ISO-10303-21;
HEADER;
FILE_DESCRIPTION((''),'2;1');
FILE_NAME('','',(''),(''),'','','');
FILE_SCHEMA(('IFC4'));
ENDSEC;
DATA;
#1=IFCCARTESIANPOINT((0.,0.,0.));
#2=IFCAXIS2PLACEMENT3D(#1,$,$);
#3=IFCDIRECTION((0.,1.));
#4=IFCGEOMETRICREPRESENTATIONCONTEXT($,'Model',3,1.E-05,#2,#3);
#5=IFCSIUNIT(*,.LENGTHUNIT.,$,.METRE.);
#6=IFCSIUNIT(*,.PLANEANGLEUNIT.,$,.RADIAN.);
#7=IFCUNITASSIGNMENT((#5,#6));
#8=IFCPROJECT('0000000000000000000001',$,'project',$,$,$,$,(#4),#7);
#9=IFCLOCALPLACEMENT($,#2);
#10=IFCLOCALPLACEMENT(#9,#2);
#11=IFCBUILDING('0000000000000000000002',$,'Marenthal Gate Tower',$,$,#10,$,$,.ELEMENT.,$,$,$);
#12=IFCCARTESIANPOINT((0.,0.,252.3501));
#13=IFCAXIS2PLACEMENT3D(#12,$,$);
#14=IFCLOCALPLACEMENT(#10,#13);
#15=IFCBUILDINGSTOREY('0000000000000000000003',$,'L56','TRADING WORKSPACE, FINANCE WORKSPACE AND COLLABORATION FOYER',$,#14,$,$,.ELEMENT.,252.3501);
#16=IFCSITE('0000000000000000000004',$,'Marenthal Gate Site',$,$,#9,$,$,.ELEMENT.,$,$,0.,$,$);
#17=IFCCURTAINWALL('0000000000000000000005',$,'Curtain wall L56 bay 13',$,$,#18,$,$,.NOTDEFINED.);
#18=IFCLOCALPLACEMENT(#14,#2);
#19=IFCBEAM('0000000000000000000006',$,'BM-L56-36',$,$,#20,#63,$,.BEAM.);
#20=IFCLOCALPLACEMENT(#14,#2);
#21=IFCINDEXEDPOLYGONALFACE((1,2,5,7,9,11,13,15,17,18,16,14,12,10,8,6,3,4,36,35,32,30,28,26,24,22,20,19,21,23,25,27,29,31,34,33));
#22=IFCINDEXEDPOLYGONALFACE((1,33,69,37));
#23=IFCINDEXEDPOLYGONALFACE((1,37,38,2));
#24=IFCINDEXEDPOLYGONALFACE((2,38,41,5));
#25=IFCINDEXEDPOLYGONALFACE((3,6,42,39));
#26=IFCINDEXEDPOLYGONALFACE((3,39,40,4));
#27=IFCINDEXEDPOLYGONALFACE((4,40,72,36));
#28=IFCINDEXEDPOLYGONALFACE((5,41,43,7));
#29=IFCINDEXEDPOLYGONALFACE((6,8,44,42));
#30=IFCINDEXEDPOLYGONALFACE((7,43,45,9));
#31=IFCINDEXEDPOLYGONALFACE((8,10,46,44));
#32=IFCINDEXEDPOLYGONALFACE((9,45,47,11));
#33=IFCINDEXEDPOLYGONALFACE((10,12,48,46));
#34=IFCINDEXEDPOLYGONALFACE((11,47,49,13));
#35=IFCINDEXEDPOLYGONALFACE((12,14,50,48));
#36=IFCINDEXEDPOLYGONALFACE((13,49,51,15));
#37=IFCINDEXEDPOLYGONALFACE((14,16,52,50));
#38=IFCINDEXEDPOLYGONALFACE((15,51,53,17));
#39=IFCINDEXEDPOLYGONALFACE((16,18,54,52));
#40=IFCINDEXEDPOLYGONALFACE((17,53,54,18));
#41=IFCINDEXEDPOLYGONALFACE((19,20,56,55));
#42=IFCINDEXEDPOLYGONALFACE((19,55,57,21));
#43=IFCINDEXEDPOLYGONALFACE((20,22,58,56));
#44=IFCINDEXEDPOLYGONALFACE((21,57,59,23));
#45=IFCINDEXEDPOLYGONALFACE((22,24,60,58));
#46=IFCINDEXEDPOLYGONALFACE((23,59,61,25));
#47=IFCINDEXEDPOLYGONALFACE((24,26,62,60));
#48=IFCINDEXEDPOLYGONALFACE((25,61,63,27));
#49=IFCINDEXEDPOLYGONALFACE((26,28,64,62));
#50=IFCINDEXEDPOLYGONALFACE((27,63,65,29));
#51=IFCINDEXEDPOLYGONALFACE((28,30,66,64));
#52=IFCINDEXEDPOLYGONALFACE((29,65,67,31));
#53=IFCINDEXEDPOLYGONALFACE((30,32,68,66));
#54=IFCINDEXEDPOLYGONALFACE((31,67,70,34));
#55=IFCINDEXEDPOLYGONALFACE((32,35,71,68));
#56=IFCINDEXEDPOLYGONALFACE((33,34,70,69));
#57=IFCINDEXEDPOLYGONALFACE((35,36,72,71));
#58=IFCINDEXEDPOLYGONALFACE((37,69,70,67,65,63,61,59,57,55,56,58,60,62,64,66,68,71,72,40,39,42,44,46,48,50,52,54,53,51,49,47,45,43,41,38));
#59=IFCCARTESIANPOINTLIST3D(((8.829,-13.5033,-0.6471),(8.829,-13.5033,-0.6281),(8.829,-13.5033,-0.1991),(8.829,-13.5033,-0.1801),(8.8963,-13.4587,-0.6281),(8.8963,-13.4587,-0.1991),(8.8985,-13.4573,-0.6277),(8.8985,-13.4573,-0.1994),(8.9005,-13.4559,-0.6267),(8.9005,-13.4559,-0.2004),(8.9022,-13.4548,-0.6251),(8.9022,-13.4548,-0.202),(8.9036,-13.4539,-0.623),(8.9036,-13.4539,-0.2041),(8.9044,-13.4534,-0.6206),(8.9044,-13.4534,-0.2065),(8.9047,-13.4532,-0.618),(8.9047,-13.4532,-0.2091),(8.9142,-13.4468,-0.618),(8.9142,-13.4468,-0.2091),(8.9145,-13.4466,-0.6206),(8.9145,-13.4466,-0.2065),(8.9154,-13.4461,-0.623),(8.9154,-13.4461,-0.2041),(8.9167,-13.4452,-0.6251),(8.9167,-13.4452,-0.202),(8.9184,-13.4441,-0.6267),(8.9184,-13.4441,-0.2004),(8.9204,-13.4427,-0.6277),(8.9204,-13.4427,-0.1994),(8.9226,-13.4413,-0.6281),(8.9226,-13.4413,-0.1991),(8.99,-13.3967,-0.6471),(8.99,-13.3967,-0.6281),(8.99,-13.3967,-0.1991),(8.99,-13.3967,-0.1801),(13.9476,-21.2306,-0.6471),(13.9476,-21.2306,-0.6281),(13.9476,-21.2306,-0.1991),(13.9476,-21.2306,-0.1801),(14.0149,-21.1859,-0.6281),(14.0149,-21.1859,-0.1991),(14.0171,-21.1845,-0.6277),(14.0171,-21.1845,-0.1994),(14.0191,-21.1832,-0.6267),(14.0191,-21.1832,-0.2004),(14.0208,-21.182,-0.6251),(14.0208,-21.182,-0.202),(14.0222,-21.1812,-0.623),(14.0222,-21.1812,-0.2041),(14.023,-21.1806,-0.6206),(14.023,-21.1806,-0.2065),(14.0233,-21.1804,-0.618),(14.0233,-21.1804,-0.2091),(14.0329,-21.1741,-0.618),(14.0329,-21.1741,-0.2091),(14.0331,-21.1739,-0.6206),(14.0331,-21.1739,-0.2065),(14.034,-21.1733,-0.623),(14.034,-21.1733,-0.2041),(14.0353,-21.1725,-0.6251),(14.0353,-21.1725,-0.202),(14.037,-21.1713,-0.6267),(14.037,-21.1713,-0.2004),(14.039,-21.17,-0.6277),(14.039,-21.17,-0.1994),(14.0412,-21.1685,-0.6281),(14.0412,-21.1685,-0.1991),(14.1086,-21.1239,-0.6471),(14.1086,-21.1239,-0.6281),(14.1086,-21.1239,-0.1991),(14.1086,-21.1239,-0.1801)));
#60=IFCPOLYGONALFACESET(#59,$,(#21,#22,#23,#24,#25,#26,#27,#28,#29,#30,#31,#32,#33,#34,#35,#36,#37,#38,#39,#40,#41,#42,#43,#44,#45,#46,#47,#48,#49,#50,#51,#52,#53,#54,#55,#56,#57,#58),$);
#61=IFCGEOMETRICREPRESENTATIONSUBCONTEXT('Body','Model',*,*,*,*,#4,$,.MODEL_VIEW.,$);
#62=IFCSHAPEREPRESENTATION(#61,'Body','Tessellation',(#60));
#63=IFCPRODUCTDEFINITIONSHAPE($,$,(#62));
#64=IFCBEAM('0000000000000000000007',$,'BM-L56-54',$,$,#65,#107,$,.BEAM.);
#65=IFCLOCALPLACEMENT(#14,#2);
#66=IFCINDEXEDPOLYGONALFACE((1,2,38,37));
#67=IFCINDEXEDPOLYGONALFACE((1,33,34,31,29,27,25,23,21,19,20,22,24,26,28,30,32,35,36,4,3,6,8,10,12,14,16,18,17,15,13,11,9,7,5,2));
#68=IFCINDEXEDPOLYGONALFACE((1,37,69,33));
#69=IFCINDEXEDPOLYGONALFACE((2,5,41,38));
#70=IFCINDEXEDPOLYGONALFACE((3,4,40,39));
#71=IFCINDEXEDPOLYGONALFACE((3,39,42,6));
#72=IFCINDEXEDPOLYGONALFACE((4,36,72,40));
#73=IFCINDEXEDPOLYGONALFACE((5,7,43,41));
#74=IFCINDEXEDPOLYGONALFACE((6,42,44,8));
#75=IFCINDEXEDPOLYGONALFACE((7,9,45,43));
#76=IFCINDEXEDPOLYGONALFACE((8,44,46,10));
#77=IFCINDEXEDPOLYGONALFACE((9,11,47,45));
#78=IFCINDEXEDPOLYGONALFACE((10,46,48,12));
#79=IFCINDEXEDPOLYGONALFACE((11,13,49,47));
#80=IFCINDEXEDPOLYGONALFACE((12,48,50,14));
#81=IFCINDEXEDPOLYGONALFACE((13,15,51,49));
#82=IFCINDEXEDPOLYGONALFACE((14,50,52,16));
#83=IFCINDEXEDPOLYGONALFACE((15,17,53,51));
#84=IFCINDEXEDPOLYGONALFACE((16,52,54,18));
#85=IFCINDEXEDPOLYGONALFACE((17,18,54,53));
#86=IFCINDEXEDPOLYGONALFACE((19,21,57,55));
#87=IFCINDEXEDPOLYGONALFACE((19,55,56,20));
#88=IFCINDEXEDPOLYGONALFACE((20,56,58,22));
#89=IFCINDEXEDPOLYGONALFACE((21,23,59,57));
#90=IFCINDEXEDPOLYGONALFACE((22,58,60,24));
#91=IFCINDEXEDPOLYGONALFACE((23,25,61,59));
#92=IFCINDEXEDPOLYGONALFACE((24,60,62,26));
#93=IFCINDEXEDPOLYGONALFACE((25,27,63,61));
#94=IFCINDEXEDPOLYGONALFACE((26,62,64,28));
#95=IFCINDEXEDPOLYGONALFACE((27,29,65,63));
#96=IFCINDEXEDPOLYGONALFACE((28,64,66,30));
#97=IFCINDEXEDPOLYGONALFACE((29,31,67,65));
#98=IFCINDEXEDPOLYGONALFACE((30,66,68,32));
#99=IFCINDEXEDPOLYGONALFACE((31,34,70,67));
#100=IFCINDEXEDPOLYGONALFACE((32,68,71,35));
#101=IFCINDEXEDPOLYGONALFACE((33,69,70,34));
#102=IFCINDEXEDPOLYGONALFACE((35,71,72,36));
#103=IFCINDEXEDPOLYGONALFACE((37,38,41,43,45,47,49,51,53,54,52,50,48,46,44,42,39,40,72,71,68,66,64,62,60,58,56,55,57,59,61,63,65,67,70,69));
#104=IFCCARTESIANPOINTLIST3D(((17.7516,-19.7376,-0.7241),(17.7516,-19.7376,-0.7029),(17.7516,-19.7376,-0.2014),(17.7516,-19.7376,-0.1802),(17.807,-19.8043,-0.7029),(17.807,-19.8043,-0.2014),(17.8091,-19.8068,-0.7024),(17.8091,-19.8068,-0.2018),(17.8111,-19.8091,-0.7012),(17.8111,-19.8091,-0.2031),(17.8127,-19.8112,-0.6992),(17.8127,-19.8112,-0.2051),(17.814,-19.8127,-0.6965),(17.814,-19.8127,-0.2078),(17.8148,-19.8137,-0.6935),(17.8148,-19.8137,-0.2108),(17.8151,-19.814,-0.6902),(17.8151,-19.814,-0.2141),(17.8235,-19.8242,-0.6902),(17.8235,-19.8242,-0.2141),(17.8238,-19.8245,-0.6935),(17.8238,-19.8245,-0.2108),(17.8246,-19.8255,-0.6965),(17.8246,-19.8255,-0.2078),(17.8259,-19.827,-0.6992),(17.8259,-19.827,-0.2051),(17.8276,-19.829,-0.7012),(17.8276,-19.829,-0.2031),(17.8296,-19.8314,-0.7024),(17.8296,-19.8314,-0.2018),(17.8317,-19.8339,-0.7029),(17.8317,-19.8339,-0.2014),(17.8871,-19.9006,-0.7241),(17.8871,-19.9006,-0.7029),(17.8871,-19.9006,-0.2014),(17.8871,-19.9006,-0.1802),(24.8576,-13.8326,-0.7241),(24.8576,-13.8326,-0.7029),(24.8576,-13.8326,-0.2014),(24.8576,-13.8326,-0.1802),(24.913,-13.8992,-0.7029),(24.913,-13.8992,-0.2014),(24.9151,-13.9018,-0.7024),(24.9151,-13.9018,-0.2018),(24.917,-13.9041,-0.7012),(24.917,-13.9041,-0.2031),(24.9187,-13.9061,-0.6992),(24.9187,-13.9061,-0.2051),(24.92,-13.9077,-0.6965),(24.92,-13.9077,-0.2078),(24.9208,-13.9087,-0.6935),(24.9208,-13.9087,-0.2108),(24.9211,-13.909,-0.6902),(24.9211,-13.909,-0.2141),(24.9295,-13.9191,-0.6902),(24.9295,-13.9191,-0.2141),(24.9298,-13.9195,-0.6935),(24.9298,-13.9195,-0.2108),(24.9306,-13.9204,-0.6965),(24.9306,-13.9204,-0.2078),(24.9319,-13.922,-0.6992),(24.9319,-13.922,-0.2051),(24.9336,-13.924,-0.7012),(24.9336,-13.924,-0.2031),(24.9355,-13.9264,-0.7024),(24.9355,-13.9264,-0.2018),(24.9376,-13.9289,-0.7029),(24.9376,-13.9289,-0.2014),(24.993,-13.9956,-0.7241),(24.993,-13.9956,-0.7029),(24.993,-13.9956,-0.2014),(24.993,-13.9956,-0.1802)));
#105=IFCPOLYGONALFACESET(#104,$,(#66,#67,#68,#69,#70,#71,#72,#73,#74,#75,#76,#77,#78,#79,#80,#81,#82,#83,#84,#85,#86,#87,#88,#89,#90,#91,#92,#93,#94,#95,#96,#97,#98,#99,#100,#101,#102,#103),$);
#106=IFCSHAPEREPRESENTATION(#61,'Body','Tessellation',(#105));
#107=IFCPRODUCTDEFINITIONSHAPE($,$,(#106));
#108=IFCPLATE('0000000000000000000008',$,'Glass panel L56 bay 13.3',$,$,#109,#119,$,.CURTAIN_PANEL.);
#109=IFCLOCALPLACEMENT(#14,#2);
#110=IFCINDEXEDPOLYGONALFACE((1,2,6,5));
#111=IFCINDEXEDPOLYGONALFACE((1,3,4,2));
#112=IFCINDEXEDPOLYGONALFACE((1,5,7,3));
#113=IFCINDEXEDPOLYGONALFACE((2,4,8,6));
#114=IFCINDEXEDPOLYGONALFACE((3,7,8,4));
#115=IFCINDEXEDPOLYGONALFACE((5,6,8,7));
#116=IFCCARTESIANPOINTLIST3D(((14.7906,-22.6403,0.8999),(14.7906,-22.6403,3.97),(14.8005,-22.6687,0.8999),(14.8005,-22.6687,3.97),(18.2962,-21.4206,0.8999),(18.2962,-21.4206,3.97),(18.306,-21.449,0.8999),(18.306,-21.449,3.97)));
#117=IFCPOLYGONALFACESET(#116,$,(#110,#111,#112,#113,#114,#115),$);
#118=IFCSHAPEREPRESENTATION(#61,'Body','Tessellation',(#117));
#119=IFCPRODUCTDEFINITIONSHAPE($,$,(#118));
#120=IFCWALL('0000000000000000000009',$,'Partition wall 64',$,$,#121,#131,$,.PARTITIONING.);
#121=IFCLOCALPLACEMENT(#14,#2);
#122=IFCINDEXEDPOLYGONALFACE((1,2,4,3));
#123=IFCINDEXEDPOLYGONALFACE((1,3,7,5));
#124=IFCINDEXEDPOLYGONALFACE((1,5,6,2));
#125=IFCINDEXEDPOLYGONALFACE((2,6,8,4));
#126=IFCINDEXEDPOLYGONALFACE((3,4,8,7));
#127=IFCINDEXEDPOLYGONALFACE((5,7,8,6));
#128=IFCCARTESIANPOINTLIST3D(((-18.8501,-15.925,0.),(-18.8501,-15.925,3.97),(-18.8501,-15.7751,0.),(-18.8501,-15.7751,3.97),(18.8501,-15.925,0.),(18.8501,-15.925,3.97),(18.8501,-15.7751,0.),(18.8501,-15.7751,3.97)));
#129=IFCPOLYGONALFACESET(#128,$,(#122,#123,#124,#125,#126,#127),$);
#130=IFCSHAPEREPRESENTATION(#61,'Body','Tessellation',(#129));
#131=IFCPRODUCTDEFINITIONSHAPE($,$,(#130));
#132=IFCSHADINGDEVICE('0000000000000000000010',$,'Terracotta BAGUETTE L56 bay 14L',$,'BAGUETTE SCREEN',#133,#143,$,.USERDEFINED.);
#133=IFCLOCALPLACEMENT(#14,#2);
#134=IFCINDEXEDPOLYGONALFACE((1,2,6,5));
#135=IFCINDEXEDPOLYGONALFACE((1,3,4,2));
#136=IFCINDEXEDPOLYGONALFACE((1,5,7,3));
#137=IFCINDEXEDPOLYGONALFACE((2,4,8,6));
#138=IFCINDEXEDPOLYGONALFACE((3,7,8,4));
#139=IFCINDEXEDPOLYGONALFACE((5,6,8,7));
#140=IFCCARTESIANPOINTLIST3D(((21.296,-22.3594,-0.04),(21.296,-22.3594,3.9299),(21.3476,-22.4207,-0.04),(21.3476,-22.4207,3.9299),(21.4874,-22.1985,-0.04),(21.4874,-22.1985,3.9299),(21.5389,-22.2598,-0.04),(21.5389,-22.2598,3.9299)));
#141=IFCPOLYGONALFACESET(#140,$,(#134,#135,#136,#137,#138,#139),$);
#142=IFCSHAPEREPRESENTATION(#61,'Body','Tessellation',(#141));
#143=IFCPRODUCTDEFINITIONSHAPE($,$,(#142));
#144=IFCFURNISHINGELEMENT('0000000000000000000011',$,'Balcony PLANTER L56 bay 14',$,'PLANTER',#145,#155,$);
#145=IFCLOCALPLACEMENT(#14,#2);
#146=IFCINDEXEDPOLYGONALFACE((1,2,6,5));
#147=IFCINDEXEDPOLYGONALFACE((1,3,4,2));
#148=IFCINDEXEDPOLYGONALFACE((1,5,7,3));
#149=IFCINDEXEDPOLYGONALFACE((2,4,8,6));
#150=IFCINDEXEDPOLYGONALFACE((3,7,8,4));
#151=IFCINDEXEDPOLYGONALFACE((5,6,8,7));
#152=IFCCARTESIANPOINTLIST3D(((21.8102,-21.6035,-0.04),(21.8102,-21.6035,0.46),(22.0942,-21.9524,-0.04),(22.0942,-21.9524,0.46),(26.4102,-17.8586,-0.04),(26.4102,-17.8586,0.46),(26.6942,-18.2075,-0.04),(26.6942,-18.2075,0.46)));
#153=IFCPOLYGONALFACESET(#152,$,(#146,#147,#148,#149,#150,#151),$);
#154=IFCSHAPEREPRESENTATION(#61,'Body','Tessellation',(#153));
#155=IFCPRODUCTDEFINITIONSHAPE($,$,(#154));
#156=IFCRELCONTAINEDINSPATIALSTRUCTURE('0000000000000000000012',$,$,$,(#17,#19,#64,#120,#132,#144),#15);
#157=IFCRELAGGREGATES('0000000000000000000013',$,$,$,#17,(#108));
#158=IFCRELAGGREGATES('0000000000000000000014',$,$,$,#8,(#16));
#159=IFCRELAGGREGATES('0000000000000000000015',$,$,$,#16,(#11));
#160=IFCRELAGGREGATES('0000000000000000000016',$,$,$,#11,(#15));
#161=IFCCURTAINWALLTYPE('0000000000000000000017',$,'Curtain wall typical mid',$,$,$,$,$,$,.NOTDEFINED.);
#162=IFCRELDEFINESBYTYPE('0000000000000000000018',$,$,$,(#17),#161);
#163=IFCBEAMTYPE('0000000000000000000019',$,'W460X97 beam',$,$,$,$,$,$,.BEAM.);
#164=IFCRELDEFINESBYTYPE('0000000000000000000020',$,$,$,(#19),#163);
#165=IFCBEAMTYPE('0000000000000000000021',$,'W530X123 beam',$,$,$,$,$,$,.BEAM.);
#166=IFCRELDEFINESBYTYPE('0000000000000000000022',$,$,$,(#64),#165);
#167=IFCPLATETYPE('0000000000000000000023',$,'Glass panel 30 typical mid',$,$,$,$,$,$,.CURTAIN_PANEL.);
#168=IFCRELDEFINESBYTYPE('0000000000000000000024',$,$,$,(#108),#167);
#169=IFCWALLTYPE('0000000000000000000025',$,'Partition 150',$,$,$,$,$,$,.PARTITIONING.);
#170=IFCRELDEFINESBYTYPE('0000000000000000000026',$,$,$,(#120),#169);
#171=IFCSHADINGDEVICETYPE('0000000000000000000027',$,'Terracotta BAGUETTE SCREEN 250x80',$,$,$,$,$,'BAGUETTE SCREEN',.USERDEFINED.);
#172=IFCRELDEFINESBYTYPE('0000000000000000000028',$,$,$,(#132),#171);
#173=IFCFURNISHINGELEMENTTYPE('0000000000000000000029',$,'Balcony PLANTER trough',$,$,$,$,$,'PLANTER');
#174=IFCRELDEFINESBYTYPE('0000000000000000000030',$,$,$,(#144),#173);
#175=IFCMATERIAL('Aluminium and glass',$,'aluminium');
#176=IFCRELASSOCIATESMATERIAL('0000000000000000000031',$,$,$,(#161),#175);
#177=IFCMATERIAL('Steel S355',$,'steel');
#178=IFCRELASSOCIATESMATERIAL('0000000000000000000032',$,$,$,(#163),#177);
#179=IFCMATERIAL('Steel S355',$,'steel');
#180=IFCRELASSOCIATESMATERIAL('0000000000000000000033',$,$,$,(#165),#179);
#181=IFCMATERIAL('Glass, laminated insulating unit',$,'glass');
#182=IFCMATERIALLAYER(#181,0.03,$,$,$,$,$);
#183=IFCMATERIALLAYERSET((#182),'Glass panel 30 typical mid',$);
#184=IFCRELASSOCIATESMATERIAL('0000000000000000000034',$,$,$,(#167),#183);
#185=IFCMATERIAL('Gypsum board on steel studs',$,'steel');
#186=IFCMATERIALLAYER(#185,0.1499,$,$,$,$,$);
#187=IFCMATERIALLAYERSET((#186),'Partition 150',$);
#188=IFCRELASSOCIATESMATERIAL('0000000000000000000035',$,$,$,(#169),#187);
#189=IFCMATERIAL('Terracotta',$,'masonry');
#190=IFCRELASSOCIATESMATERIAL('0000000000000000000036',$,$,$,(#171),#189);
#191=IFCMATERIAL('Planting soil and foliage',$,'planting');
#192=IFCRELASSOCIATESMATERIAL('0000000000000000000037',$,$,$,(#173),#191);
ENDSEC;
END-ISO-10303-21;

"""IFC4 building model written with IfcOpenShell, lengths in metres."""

from ifc_helpers import new_model, si_unit, direction, frame, frame_2d, origin, origin_2d, place, context, subcontext, project, spatial, rectangle, i_section, extrude, material, layer, layer_set, material_profile, profile_set, type_object, element, aggregate, save


model = new_model("IFC4")

# Units and contexts
model_context = context("Model", 3, precision=1e-05, world=origin(), true_north=direction((0.0, 1.0)))
body_context = subcontext(model_context, "Body", "Model", "MODEL_VIEW")
ifc_project = project(units=[si_unit("LENGTHUNIT", "METRE"), si_unit("PLANEANGLEUNIT", "RADIAN")], contexts=[model_context])

# Site, building, storey
site_placement = place(None, origin())
site = spatial("IfcSite", under=ifc_project, at=site_placement, Name="Marenthal Gate Site", CompositionType="ELEMENT", RefElevation=0.0)
building_placement = place(site_placement, origin())
building = spatial("IfcBuilding", under=site, at=building_placement, Name="Marenthal Gate Tower", CompositionType="ELEMENT")
storey_placement = place(building_placement, frame((0.0, 0.0, 252.3501)))
storey = spatial("IfcBuildingStorey", under=building, at=storey_placement, Name="L56", Description="TRADING WORKSPACE, FINANCE WORKSPACE AND COLLABORATION FOYER", CompositionType="ELEMENT", Elevation=252.3501)

# Curtain wall
ifc_material_1 = material(Name="Aluminium and glass", Category="aluminium")
curtain_wall_type = type_object("IfcCurtainWallType", Name="Curtain wall typical mid", PredefinedType="NOTDEFINED", material=ifc_material_1)
curtain_wall_1_placement = place(storey_placement, origin())
curtain_wall_1 = element("IfcCurtainWall", 1, at=curtain_wall_1_placement, inside=storey, type_object=curtain_wall_type, Name="Curtain wall L56 bay 13", PredefinedType="NOTDEFINED")

# Beams
ifc_material_2 = material(Name="Steel S355", Category="steel")
ifc_material_profile_1 = material_profile(ifc_material_2, i_section(OverallWidth=0.1931, OverallDepth=0.467, WebThickness=0.0115, FlangeThickness=0.019, FilletRadius=0.01, at=origin_2d()), Name="W460X97")
ifc_profile_set_1 = profile_set([ifc_material_profile_1], Name="Steel S355")
beam_type_1 = type_object("IfcBeamType", Name="W460X97 beam", PredefinedType="BEAM", material=ifc_profile_set_1)
beam_1_placement = place(storey_placement, frame((14.0281, -21.1772, -0.4136), z_axis=(-0.552242, 0.833684, 0.0), x_axis=(-0.833684, -0.552242, 0.0)))
element("IfcBeam", 2, at=beam_1_placement, inside=storey, type_object=beam_type_1, Name="BM-L56-36", PredefinedType="BEAM", context=body_context, shape_type="SweptSolid", body=[
    extrude(i_section(OverallWidth=0.1931, OverallDepth=0.467, WebThickness=0.0115, FlangeThickness=0.019, FilletRadius=0.01, at=origin_2d()), origin(), (0.0, 0.0, 1.0), 9.2688),
])
ifc_material_3 = material(Name="Steel S355", Category="steel")
ifc_material_profile_2 = material_profile(ifc_material_3, i_section(OverallWidth=0.2119, OverallDepth=0.5439, WebThickness=0.0132, FlangeThickness=0.0212, FilletRadius=0.0127, at=origin_2d()), Name="W530X123")
ifc_profile_set_2 = profile_set([ifc_material_profile_2], Name="Steel S355")
beam_type_2 = type_object("IfcBeamType", Name="W530X123 beam", PredefinedType="BEAM", material=ifc_profile_set_2)
beam_2_placement = place(storey_placement, frame((17.8193, -19.8191, -0.4521), z_axis=(0.769104, 0.639123, 0.0), x_axis=(-0.639123, 0.769104, 0.0)))
element("IfcBeam", 3, at=beam_2_placement, inside=storey, type_object=beam_type_2, Name="BM-L56-54", PredefinedType="BEAM", context=body_context, shape_type="SweptSolid", body=[
    extrude(i_section(OverallWidth=0.2119, OverallDepth=0.5439, WebThickness=0.0132, FlangeThickness=0.0212, FilletRadius=0.0127, at=origin_2d()), origin(), (0.0, 0.0, 1.0), 9.2393),
])

# Plate
ifc_material_4 = material(Name="Glass, laminated insulating unit", Category="glass")
ifc_layer_1 = layer(ifc_material_4, 0.03)
ifc_layer_set_1 = layer_set([ifc_layer_1], Name="Glass panel 30 typical mid")
plate_type = type_object("IfcPlateType", Name="Glass panel 30 typical mid", PredefinedType="CURTAIN_PANEL", material=ifc_layer_set_1)
plate_placement = place(storey_placement, frame((16.5483, -22.0447, 0.8999), z_axis=(0.0, 0.0, 1.0), x_axis=(0.944465, 0.328612, 0.0)))
plate = element("IfcPlate", 4, at=plate_placement, type_object=plate_type, Name="Glass panel L56 bay 13.3", PredefinedType="CURTAIN_PANEL", context=body_context, shape_type="SweptSolid", body=[
    extrude(rectangle(XDim=3.7117, YDim=0.03, at=origin_2d()), origin(), (0.0, 0.0, 1.0), 3.0701),
])
aggregate(curtain_wall_1, [plate])

# Wall
ifc_material_5 = material(Name="Gypsum board on steel studs", Category="steel")
ifc_layer_2 = layer(ifc_material_5, 0.1499)
ifc_layer_set_2 = layer_set([ifc_layer_2], Name="Partition 150")
wall_type_1 = type_object("IfcWallType", Name="Partition 150", PredefinedType="PARTITIONING", material=ifc_layer_set_2)
wall_1_placement = place(storey_placement, frame((18.8501, -15.8501, 0.0), z_axis=(0.0, 0.0, 1.0), x_axis=(-1.0, 0.0, 0.0)))
element("IfcWall", 5, at=wall_1_placement, inside=storey, type_object=wall_type_1, Name="Partition wall 64", PredefinedType="PARTITIONING", context=body_context, shape_type="SweptSolid", body=[
    extrude(rectangle(XDim=37.7002, YDim=0.1499, at=frame_2d((18.8501, 0.0))), origin(), (0.0, 0.0, 1.0), 3.97),
])

# Shading device
ifc_material_6 = material(Name="Terracotta", Category="masonry")
ifc_material_profile_3 = material_profile(ifc_material_6, rectangle(XDim=0.25, YDim=0.0801, at=origin_2d()), Name="Terracotta baguette 250x80")
ifc_profile_set_3 = profile_set([ifc_material_profile_3], Name="Terracotta")
shading_device_type = type_object("IfcShadingDeviceType", Name="Terracotta BAGUETTE SCREEN 250x80", ElementType="BAGUETTE SCREEN", PredefinedType="USERDEFINED", material=ifc_profile_set_3)
shading_device_placement = place(storey_placement, frame((21.4175, -22.3096, -0.04), z_axis=(0.0, 0.0, 1.0), x_axis=(0.765398, 0.643557, 0.0)))
element("IfcShadingDevice", 6, at=shading_device_placement, inside=storey, type_object=shading_device_type, Name="Terracotta BAGUETTE L56 bay 14L", ObjectType="BAGUETTE SCREEN", PredefinedType="USERDEFINED", context=body_context, shape_type="SweptSolid", body=[
    extrude(rectangle(XDim=0.25, YDim=0.0801, at=origin_2d()), origin(), (0.0, 0.0, 1.0), 3.97),
])

# Furnishing element
ifc_material_7 = material(Name="Planting soil and foliage", Category="planting")
furnishing_element_type = type_object("IfcFurnishingElementType", Name="Balcony PLANTER trough", ElementType="PLANTER", material=ifc_material_7)
furnishing_placement = place(storey_placement, frame((24.2522, -19.9055, -0.04), z_axis=(0.0, 0.0, 1.0), x_axis=(0.775505, 0.631342, 0.0)))
element("IfcFurnishingElement", 7, at=furnishing_placement, inside=storey, type_object=furnishing_element_type, Name="Balcony PLANTER L56 bay 14", ObjectType="PLANTER", context=body_context, shape_type="SweptSolid", body=[
    extrude(rectangle(XDim=5.9316, YDim=0.45, at=origin_2d()), origin(), (0.0, 0.0, 1.0), 0.5),
])

save(model, "model.ifc")
